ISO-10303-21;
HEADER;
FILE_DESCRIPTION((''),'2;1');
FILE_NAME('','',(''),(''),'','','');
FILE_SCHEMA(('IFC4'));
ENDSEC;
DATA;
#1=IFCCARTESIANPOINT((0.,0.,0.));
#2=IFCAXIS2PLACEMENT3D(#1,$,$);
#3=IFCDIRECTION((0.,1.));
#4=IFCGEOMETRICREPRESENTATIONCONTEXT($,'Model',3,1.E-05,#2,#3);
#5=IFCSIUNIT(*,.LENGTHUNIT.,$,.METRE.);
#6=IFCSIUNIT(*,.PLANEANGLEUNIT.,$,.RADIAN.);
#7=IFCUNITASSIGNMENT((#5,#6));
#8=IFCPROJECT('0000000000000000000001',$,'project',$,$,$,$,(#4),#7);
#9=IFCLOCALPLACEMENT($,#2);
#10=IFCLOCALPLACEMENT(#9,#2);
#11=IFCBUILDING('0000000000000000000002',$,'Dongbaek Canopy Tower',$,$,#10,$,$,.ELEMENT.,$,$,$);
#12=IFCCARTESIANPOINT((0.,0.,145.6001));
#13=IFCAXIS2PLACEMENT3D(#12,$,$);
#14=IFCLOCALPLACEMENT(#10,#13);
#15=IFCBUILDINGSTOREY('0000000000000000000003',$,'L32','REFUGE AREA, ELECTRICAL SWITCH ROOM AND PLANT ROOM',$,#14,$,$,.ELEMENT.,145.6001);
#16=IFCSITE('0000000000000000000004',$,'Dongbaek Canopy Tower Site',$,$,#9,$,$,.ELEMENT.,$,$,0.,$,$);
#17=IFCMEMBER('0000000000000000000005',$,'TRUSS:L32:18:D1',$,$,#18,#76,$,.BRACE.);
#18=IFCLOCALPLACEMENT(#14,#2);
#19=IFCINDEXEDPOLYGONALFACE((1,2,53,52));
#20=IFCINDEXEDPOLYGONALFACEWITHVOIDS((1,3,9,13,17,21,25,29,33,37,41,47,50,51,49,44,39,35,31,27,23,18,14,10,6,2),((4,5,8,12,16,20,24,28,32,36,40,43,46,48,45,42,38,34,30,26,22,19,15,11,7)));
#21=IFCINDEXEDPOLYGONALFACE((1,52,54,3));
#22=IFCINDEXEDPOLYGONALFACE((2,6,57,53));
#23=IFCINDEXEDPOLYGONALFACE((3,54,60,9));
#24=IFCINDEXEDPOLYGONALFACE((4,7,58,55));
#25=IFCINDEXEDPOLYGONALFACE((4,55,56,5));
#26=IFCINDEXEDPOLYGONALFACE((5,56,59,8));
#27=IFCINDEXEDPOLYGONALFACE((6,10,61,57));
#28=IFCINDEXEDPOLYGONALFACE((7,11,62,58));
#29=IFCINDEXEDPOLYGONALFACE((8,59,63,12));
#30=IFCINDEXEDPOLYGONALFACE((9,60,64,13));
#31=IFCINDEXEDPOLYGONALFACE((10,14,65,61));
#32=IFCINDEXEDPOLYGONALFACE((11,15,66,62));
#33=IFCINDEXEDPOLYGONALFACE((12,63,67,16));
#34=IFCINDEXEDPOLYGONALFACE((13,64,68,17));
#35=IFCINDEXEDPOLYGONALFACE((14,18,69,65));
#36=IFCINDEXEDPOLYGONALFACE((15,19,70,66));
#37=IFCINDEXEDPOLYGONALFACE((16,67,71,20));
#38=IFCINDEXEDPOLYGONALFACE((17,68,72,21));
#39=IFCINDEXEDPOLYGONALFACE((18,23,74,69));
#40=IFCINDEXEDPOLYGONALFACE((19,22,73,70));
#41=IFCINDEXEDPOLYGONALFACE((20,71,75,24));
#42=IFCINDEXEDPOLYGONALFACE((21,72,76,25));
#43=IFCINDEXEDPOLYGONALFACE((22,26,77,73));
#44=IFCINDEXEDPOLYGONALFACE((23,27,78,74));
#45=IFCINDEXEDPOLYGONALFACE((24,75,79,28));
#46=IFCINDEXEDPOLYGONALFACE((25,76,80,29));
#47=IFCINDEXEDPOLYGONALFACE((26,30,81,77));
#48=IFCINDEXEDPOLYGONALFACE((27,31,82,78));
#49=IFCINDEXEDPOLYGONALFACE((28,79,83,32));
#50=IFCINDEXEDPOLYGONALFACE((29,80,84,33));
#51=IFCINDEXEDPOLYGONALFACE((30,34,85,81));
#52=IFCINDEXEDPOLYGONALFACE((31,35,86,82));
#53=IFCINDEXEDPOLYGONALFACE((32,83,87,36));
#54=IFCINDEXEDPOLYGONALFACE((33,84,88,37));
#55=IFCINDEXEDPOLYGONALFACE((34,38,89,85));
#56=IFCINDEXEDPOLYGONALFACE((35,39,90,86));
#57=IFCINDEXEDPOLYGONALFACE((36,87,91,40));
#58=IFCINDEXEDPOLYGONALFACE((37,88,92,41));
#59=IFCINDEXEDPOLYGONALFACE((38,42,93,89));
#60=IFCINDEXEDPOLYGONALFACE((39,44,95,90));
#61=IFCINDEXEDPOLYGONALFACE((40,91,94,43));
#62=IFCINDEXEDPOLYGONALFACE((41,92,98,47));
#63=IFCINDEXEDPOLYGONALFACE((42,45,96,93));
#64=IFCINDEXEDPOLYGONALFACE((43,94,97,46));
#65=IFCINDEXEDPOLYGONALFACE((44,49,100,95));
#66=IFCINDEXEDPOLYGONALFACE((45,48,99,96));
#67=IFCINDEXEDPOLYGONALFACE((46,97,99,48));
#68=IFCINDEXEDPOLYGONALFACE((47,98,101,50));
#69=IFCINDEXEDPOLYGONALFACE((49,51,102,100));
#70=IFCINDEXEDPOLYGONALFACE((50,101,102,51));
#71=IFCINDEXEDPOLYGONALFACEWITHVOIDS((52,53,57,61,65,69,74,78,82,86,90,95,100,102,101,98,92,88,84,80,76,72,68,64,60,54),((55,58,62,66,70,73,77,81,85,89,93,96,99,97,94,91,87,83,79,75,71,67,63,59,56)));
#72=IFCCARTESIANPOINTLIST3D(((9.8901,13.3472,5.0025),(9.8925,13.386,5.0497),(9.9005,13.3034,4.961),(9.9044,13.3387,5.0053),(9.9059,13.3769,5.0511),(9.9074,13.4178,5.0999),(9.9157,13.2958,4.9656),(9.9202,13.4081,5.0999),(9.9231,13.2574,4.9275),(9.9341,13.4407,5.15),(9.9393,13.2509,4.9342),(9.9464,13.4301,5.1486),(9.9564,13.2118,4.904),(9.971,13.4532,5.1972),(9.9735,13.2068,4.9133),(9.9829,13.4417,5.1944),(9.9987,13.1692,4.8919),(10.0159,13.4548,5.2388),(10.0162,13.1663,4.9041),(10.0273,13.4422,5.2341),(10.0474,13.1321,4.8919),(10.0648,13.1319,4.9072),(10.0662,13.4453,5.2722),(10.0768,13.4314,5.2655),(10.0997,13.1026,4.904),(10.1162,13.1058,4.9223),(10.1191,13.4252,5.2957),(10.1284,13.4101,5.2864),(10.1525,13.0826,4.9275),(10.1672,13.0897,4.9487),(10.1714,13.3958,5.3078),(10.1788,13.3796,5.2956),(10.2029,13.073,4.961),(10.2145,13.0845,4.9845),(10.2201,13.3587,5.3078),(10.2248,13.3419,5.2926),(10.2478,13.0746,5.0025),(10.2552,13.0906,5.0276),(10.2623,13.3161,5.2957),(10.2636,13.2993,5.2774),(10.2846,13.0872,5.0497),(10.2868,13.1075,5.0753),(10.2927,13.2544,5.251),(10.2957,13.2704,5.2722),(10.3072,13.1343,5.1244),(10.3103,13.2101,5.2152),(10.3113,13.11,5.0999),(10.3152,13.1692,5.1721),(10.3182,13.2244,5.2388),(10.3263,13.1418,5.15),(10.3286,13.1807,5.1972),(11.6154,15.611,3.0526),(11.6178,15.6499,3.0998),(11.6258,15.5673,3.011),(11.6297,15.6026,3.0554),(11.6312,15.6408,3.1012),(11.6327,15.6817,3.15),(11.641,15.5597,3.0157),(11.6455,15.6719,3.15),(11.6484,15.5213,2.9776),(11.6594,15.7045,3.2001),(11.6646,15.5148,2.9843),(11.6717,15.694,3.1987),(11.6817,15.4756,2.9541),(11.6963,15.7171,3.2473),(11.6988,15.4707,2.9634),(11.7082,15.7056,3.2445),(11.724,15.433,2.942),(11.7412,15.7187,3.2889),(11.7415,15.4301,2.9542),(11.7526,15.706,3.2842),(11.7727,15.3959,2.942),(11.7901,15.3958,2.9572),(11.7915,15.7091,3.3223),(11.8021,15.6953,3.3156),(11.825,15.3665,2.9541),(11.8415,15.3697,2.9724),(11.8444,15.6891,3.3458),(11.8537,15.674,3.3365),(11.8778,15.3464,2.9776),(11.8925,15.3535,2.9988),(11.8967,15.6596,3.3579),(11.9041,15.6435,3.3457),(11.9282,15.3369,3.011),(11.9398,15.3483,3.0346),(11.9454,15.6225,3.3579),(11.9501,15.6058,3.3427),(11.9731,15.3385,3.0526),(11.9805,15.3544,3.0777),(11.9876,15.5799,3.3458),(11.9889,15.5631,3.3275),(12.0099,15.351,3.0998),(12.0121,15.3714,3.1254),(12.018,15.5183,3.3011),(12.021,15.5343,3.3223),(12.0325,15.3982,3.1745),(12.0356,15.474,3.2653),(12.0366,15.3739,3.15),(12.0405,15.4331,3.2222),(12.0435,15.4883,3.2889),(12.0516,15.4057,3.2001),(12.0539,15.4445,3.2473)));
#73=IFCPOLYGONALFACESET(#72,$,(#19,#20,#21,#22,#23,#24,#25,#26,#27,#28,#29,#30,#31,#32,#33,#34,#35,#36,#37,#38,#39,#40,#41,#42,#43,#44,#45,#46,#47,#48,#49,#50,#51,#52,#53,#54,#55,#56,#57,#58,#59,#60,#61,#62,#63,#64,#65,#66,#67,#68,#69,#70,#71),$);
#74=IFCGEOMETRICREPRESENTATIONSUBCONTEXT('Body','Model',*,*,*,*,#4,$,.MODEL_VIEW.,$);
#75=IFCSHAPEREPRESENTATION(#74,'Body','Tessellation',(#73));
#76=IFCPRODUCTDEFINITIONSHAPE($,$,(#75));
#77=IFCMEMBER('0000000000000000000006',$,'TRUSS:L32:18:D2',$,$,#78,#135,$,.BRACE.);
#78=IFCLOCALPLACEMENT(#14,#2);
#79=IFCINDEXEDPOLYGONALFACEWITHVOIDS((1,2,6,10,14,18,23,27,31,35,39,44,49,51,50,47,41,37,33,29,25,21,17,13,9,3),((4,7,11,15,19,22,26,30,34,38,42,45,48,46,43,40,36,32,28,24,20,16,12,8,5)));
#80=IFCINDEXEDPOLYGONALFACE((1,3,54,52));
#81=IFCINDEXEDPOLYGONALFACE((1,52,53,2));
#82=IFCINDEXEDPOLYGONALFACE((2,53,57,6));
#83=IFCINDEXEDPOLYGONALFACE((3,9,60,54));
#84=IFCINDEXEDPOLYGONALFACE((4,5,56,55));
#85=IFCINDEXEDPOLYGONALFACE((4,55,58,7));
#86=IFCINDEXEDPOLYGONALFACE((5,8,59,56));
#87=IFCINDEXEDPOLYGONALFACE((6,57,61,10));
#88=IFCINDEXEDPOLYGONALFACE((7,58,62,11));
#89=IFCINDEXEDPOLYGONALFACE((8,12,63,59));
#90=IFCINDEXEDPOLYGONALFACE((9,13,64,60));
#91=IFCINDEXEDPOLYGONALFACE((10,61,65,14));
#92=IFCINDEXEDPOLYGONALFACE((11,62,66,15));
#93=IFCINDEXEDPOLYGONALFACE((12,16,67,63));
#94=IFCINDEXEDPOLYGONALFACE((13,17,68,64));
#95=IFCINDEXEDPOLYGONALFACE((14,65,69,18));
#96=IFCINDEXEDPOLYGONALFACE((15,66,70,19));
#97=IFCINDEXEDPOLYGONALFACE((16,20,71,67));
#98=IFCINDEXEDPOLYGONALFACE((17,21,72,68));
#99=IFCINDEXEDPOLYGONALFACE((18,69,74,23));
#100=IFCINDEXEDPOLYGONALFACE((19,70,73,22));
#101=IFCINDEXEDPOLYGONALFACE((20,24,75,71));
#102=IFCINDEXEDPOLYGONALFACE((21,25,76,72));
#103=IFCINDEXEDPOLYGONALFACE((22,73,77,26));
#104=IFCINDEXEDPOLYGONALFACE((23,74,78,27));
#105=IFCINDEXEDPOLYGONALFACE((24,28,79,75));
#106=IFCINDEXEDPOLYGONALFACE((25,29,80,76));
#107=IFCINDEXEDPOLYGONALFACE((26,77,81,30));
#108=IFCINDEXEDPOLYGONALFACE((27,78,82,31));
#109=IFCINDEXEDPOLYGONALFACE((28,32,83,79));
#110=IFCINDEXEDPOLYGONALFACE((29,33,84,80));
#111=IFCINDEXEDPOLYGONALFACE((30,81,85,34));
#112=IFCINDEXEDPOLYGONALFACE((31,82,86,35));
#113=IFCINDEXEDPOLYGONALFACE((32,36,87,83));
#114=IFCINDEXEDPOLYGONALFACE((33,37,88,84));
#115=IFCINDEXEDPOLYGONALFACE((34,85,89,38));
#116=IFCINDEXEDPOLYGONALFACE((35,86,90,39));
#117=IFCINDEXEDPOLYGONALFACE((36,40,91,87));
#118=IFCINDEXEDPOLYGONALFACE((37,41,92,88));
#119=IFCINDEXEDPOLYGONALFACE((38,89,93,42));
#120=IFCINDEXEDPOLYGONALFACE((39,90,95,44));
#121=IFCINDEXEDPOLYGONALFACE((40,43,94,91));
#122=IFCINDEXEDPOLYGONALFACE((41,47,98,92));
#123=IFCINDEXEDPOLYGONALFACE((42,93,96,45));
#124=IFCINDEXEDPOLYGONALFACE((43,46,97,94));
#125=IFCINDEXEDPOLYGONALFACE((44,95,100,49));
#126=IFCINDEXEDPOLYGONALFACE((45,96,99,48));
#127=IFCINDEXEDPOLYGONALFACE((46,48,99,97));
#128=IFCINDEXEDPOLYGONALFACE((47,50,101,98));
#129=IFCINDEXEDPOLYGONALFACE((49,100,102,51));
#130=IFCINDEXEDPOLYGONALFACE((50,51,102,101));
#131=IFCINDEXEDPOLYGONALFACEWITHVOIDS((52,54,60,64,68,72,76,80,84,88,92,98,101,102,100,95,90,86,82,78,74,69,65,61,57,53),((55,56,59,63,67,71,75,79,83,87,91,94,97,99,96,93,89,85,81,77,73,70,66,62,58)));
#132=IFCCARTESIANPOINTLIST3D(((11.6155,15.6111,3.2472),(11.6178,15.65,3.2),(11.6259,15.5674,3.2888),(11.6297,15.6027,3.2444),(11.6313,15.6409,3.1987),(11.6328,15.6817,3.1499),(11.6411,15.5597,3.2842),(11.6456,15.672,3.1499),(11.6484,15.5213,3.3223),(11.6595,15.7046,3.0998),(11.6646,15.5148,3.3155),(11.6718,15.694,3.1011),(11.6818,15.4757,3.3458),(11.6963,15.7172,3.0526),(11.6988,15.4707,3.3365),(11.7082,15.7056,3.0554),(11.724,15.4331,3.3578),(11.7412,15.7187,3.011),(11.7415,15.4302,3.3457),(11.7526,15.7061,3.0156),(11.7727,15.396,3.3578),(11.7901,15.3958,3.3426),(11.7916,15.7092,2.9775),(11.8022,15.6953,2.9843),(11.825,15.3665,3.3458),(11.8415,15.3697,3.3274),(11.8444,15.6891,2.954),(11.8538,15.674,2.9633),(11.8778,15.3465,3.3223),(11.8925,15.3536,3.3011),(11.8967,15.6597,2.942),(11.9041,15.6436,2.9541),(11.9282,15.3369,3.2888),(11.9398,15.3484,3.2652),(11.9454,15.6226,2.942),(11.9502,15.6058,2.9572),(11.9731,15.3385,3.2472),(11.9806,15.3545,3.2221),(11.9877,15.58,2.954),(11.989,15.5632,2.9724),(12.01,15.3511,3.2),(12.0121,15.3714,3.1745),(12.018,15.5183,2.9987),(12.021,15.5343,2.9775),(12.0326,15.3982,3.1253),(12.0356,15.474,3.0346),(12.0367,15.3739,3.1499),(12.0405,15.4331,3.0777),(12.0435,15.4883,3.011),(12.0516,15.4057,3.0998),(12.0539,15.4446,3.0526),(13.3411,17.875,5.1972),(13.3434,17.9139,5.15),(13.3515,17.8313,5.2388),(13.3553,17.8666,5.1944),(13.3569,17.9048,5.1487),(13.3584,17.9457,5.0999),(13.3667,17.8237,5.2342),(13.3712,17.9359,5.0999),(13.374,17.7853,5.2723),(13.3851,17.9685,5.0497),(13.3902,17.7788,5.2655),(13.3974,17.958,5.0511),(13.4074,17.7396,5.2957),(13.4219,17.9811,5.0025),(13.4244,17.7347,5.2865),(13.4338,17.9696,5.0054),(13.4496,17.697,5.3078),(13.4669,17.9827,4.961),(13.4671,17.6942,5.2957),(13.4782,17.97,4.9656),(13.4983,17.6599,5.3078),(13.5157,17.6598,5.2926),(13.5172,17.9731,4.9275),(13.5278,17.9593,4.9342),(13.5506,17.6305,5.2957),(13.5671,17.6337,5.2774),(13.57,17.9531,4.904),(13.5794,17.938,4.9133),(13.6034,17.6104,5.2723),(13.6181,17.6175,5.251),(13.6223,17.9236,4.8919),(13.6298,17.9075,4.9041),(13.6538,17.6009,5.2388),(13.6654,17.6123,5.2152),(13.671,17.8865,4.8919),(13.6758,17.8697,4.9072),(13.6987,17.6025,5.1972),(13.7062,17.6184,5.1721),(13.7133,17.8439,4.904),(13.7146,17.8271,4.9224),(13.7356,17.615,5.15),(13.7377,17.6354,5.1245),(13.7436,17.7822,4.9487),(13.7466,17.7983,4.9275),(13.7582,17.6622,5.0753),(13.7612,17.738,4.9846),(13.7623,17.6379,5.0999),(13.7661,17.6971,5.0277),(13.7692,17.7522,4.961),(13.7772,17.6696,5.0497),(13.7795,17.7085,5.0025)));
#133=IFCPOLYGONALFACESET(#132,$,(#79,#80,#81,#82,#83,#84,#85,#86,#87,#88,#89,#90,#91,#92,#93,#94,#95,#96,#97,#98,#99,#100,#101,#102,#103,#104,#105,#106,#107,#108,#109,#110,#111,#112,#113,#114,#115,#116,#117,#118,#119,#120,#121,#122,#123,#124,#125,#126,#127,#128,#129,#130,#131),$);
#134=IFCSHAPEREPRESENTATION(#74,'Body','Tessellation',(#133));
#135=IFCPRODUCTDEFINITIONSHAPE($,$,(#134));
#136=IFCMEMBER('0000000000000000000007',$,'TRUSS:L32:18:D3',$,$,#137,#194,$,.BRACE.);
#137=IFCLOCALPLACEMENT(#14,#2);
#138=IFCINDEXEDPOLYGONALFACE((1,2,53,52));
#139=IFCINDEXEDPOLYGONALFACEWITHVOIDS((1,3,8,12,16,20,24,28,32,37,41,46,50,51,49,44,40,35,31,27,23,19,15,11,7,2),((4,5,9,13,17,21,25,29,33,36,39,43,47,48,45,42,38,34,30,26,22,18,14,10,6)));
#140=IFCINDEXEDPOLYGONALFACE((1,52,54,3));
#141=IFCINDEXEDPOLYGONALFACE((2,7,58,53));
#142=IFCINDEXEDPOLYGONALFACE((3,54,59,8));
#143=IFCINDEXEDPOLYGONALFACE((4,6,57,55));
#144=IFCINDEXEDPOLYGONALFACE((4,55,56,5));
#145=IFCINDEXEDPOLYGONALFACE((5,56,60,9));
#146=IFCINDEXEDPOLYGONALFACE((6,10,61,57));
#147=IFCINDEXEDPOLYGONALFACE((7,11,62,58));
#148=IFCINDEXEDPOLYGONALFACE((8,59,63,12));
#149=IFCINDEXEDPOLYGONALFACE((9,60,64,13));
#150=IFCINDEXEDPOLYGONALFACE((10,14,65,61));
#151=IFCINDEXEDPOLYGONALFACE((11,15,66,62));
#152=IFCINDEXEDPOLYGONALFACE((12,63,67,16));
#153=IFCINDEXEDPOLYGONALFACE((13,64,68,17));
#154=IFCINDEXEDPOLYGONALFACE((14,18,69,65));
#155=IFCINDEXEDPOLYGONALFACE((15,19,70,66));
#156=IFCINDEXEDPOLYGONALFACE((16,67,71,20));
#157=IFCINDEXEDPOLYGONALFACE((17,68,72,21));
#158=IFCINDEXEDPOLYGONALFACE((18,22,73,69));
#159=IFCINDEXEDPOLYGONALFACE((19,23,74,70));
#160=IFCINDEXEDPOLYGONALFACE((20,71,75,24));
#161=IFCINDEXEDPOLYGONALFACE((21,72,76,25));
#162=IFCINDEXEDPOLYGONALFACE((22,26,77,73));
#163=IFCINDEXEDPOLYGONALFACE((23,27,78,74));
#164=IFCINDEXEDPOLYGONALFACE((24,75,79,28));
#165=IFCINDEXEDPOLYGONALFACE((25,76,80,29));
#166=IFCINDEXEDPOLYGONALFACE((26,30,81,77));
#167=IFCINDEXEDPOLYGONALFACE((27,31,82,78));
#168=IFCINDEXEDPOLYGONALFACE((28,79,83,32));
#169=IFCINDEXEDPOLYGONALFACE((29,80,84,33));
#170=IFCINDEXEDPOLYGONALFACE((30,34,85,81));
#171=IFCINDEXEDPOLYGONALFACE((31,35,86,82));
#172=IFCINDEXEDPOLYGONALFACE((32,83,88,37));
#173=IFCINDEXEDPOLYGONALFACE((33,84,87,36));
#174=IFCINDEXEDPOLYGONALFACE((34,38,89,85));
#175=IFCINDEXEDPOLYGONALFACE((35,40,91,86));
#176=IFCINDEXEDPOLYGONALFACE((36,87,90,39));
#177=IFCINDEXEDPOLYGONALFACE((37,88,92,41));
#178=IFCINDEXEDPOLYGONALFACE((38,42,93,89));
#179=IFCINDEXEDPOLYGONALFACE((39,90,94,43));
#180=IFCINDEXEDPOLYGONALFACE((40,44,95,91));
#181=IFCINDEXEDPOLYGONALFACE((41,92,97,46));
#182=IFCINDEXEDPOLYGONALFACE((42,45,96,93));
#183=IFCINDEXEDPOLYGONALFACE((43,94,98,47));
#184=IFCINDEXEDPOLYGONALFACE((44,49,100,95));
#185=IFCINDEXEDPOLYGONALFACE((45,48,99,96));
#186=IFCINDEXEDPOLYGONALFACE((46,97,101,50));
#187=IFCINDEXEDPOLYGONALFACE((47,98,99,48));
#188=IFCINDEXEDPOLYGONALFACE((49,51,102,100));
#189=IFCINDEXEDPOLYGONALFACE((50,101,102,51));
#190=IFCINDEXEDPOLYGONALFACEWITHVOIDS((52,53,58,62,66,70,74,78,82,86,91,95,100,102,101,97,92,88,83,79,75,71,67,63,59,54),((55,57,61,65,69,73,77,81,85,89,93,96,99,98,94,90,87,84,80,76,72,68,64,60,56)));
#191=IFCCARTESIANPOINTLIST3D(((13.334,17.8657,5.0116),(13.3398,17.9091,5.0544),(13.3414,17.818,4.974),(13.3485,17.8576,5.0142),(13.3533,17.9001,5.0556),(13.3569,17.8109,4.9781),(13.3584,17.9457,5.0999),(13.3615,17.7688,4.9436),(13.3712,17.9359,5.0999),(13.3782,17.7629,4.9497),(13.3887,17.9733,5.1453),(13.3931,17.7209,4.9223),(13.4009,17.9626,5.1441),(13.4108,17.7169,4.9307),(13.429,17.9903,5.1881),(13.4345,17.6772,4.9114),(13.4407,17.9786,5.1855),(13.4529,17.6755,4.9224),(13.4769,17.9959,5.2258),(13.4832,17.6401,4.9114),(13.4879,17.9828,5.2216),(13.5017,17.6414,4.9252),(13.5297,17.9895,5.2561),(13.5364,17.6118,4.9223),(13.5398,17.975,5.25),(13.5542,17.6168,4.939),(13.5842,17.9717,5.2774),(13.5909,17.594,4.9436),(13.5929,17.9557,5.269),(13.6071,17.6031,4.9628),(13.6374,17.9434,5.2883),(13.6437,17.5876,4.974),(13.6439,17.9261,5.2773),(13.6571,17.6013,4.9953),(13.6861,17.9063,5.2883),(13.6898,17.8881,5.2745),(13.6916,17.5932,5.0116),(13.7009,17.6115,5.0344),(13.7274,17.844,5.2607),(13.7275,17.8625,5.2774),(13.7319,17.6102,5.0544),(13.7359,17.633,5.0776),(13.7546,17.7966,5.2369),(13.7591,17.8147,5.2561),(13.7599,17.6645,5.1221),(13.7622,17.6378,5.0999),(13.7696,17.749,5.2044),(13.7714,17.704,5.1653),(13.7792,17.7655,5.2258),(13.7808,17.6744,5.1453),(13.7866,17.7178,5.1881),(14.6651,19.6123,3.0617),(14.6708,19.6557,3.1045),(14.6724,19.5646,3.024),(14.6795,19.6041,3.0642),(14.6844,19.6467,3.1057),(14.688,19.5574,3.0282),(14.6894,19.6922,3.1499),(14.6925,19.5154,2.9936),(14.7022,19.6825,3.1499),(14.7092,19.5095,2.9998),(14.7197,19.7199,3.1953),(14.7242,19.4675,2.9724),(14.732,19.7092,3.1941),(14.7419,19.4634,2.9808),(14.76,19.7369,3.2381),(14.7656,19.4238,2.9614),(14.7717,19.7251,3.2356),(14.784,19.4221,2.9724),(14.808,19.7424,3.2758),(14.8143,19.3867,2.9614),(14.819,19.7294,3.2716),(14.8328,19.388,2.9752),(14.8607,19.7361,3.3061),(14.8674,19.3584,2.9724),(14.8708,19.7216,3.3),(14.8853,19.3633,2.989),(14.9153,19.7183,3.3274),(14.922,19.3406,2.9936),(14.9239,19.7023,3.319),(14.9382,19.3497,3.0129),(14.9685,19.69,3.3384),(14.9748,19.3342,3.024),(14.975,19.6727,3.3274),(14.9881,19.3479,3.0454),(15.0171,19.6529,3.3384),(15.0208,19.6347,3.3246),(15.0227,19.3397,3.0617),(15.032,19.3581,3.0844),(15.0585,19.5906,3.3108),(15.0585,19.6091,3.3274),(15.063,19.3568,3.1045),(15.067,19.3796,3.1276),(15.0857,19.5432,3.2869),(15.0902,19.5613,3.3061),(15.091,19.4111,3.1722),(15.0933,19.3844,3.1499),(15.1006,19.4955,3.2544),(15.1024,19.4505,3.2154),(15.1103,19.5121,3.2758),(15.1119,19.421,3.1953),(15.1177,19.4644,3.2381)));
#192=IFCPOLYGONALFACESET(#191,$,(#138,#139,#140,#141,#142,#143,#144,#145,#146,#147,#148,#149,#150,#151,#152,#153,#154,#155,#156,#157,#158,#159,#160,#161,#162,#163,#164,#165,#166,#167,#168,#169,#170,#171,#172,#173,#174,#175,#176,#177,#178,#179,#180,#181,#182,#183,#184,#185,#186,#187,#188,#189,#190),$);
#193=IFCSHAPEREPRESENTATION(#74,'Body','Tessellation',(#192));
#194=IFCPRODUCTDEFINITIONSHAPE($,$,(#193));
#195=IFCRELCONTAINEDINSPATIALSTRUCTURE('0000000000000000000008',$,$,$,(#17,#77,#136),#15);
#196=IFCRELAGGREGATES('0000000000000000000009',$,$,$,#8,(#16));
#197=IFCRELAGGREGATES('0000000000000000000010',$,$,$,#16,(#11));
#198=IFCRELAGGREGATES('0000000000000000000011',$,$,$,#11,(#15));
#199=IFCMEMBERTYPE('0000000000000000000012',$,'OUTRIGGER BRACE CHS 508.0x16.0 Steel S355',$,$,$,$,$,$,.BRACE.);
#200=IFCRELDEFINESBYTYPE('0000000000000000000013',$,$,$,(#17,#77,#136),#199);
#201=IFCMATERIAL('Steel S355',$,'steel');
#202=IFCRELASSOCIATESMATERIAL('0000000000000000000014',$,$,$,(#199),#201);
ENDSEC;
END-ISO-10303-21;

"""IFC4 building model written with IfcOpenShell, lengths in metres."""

from ifc_helpers import new_model, si_unit, direction, frame, origin, origin_2d, place, context, subcontext, project, spatial, hollow_circle, extrude, material, material_profile, profile_set, type_object, element, save


model = new_model("IFC4")

# Units and contexts
model_context = context("Model", 3, precision=1e-05, world=origin(), true_north=direction((0.0, 1.0)))
body_context = subcontext(model_context, "Body", "Model", "MODEL_VIEW")
ifc_project = project(units=[si_unit("LENGTHUNIT", "METRE"), si_unit("PLANEANGLEUNIT", "RADIAN")], contexts=[model_context])

# Site, building, storey
site_placement = place(None, origin())
site = spatial("IfcSite", under=ifc_project, at=site_placement, Name="Dongbaek Canopy Tower Site", CompositionType="ELEMENT", RefElevation=0.0)
building_placement = place(site_placement, origin())
building = spatial("IfcBuilding", under=site, at=building_placement, Name="Dongbaek Canopy Tower", CompositionType="ELEMENT")
storey_placement = place(building_placement, frame((0.0, 0.0, 145.6001)))
storey = spatial("IfcBuildingStorey", under=building, at=storey_placement, Name="L32", Description="REFUGE AREA, ELECTRICAL SWITCH ROOM AND PLANT ROOM", CompositionType="ELEMENT", Elevation=145.6001)

# Members
ifc_material_1 = material(Name="Steel S355", Category="steel")
ifc_material_profile_1 = material_profile(ifc_material_1, hollow_circle(Radius=0.2539, WallThickness=0.0161, at=origin_2d()), Name="OUTRIGGER BRACE CHS 508.0x16.0 Steel S355")
ifc_profile_set_1 = profile_set([ifc_material_profile_1], Name="Steel S355")
member_type_1 = type_object("IfcMemberType", Name="OUTRIGGER BRACE CHS 508.0x16.0 Steel S355", PredefinedType="BRACE", material=ifc_profile_set_1)
member_1_placement = place(storey_placement, frame((10.1094, 13.2639, 5.0999), z_axis=(0.500059, 0.656154, -0.565157), x_axis=(-0.795355, 0.606144, 0.0)))
element("IfcMember", 1, at=member_1_placement, inside=storey, type_object=member_type_1, Name="TRUSS:L32:18:D1", PredefinedType="BRACE", context=body_context, shape_type="SweptSolid", body=[
    extrude(hollow_circle(Radius=0.2539, WallThickness=0.0161, at=origin_2d()), origin(), (0.0, 0.0, 1.0), 3.4502),
])
member_2_placement = place(storey_placement, frame((11.8347, 15.5278, 3.1499), z_axis=(0.500112, 0.656131, 0.565137), x_axis=(-0.795314, 0.606198, 0.0)))
element("IfcMember", 2, at=member_2_placement, inside=storey, type_object=member_type_1, Name="TRUSS:L32:18:D2", PredefinedType="BRACE", context=body_context, shape_type="SweptSolid", body=[
    extrude(hollow_circle(Radius=0.2539, WallThickness=0.0161, at=origin_2d()), origin(), (0.0, 0.0, 1.0), 3.4504),
])
for number, where, z_axis, x_axis, name in (
    (3, (13.5603, 17.7917, 5.0999), (0.453239, 0.594731, -0.66398), (-0.79536, 0.606137, 0.0), "TRUSS:L32:18:D3"),
):
    element("IfcMember", number, at=place(storey_placement, frame(where, z_axis=z_axis, x_axis=x_axis)), inside=storey, type_object=member_type_1, Name=name, PredefinedType="BRACE", context=body_context, shape_type="SweptSolid", body=[
        extrude(hollow_circle(Radius=0.2539, WallThickness=0.0161, at=origin_2d()), origin(), (0.0, 0.0, 1.0), 2.9368),
    ])

save(model, "model.ifc")
